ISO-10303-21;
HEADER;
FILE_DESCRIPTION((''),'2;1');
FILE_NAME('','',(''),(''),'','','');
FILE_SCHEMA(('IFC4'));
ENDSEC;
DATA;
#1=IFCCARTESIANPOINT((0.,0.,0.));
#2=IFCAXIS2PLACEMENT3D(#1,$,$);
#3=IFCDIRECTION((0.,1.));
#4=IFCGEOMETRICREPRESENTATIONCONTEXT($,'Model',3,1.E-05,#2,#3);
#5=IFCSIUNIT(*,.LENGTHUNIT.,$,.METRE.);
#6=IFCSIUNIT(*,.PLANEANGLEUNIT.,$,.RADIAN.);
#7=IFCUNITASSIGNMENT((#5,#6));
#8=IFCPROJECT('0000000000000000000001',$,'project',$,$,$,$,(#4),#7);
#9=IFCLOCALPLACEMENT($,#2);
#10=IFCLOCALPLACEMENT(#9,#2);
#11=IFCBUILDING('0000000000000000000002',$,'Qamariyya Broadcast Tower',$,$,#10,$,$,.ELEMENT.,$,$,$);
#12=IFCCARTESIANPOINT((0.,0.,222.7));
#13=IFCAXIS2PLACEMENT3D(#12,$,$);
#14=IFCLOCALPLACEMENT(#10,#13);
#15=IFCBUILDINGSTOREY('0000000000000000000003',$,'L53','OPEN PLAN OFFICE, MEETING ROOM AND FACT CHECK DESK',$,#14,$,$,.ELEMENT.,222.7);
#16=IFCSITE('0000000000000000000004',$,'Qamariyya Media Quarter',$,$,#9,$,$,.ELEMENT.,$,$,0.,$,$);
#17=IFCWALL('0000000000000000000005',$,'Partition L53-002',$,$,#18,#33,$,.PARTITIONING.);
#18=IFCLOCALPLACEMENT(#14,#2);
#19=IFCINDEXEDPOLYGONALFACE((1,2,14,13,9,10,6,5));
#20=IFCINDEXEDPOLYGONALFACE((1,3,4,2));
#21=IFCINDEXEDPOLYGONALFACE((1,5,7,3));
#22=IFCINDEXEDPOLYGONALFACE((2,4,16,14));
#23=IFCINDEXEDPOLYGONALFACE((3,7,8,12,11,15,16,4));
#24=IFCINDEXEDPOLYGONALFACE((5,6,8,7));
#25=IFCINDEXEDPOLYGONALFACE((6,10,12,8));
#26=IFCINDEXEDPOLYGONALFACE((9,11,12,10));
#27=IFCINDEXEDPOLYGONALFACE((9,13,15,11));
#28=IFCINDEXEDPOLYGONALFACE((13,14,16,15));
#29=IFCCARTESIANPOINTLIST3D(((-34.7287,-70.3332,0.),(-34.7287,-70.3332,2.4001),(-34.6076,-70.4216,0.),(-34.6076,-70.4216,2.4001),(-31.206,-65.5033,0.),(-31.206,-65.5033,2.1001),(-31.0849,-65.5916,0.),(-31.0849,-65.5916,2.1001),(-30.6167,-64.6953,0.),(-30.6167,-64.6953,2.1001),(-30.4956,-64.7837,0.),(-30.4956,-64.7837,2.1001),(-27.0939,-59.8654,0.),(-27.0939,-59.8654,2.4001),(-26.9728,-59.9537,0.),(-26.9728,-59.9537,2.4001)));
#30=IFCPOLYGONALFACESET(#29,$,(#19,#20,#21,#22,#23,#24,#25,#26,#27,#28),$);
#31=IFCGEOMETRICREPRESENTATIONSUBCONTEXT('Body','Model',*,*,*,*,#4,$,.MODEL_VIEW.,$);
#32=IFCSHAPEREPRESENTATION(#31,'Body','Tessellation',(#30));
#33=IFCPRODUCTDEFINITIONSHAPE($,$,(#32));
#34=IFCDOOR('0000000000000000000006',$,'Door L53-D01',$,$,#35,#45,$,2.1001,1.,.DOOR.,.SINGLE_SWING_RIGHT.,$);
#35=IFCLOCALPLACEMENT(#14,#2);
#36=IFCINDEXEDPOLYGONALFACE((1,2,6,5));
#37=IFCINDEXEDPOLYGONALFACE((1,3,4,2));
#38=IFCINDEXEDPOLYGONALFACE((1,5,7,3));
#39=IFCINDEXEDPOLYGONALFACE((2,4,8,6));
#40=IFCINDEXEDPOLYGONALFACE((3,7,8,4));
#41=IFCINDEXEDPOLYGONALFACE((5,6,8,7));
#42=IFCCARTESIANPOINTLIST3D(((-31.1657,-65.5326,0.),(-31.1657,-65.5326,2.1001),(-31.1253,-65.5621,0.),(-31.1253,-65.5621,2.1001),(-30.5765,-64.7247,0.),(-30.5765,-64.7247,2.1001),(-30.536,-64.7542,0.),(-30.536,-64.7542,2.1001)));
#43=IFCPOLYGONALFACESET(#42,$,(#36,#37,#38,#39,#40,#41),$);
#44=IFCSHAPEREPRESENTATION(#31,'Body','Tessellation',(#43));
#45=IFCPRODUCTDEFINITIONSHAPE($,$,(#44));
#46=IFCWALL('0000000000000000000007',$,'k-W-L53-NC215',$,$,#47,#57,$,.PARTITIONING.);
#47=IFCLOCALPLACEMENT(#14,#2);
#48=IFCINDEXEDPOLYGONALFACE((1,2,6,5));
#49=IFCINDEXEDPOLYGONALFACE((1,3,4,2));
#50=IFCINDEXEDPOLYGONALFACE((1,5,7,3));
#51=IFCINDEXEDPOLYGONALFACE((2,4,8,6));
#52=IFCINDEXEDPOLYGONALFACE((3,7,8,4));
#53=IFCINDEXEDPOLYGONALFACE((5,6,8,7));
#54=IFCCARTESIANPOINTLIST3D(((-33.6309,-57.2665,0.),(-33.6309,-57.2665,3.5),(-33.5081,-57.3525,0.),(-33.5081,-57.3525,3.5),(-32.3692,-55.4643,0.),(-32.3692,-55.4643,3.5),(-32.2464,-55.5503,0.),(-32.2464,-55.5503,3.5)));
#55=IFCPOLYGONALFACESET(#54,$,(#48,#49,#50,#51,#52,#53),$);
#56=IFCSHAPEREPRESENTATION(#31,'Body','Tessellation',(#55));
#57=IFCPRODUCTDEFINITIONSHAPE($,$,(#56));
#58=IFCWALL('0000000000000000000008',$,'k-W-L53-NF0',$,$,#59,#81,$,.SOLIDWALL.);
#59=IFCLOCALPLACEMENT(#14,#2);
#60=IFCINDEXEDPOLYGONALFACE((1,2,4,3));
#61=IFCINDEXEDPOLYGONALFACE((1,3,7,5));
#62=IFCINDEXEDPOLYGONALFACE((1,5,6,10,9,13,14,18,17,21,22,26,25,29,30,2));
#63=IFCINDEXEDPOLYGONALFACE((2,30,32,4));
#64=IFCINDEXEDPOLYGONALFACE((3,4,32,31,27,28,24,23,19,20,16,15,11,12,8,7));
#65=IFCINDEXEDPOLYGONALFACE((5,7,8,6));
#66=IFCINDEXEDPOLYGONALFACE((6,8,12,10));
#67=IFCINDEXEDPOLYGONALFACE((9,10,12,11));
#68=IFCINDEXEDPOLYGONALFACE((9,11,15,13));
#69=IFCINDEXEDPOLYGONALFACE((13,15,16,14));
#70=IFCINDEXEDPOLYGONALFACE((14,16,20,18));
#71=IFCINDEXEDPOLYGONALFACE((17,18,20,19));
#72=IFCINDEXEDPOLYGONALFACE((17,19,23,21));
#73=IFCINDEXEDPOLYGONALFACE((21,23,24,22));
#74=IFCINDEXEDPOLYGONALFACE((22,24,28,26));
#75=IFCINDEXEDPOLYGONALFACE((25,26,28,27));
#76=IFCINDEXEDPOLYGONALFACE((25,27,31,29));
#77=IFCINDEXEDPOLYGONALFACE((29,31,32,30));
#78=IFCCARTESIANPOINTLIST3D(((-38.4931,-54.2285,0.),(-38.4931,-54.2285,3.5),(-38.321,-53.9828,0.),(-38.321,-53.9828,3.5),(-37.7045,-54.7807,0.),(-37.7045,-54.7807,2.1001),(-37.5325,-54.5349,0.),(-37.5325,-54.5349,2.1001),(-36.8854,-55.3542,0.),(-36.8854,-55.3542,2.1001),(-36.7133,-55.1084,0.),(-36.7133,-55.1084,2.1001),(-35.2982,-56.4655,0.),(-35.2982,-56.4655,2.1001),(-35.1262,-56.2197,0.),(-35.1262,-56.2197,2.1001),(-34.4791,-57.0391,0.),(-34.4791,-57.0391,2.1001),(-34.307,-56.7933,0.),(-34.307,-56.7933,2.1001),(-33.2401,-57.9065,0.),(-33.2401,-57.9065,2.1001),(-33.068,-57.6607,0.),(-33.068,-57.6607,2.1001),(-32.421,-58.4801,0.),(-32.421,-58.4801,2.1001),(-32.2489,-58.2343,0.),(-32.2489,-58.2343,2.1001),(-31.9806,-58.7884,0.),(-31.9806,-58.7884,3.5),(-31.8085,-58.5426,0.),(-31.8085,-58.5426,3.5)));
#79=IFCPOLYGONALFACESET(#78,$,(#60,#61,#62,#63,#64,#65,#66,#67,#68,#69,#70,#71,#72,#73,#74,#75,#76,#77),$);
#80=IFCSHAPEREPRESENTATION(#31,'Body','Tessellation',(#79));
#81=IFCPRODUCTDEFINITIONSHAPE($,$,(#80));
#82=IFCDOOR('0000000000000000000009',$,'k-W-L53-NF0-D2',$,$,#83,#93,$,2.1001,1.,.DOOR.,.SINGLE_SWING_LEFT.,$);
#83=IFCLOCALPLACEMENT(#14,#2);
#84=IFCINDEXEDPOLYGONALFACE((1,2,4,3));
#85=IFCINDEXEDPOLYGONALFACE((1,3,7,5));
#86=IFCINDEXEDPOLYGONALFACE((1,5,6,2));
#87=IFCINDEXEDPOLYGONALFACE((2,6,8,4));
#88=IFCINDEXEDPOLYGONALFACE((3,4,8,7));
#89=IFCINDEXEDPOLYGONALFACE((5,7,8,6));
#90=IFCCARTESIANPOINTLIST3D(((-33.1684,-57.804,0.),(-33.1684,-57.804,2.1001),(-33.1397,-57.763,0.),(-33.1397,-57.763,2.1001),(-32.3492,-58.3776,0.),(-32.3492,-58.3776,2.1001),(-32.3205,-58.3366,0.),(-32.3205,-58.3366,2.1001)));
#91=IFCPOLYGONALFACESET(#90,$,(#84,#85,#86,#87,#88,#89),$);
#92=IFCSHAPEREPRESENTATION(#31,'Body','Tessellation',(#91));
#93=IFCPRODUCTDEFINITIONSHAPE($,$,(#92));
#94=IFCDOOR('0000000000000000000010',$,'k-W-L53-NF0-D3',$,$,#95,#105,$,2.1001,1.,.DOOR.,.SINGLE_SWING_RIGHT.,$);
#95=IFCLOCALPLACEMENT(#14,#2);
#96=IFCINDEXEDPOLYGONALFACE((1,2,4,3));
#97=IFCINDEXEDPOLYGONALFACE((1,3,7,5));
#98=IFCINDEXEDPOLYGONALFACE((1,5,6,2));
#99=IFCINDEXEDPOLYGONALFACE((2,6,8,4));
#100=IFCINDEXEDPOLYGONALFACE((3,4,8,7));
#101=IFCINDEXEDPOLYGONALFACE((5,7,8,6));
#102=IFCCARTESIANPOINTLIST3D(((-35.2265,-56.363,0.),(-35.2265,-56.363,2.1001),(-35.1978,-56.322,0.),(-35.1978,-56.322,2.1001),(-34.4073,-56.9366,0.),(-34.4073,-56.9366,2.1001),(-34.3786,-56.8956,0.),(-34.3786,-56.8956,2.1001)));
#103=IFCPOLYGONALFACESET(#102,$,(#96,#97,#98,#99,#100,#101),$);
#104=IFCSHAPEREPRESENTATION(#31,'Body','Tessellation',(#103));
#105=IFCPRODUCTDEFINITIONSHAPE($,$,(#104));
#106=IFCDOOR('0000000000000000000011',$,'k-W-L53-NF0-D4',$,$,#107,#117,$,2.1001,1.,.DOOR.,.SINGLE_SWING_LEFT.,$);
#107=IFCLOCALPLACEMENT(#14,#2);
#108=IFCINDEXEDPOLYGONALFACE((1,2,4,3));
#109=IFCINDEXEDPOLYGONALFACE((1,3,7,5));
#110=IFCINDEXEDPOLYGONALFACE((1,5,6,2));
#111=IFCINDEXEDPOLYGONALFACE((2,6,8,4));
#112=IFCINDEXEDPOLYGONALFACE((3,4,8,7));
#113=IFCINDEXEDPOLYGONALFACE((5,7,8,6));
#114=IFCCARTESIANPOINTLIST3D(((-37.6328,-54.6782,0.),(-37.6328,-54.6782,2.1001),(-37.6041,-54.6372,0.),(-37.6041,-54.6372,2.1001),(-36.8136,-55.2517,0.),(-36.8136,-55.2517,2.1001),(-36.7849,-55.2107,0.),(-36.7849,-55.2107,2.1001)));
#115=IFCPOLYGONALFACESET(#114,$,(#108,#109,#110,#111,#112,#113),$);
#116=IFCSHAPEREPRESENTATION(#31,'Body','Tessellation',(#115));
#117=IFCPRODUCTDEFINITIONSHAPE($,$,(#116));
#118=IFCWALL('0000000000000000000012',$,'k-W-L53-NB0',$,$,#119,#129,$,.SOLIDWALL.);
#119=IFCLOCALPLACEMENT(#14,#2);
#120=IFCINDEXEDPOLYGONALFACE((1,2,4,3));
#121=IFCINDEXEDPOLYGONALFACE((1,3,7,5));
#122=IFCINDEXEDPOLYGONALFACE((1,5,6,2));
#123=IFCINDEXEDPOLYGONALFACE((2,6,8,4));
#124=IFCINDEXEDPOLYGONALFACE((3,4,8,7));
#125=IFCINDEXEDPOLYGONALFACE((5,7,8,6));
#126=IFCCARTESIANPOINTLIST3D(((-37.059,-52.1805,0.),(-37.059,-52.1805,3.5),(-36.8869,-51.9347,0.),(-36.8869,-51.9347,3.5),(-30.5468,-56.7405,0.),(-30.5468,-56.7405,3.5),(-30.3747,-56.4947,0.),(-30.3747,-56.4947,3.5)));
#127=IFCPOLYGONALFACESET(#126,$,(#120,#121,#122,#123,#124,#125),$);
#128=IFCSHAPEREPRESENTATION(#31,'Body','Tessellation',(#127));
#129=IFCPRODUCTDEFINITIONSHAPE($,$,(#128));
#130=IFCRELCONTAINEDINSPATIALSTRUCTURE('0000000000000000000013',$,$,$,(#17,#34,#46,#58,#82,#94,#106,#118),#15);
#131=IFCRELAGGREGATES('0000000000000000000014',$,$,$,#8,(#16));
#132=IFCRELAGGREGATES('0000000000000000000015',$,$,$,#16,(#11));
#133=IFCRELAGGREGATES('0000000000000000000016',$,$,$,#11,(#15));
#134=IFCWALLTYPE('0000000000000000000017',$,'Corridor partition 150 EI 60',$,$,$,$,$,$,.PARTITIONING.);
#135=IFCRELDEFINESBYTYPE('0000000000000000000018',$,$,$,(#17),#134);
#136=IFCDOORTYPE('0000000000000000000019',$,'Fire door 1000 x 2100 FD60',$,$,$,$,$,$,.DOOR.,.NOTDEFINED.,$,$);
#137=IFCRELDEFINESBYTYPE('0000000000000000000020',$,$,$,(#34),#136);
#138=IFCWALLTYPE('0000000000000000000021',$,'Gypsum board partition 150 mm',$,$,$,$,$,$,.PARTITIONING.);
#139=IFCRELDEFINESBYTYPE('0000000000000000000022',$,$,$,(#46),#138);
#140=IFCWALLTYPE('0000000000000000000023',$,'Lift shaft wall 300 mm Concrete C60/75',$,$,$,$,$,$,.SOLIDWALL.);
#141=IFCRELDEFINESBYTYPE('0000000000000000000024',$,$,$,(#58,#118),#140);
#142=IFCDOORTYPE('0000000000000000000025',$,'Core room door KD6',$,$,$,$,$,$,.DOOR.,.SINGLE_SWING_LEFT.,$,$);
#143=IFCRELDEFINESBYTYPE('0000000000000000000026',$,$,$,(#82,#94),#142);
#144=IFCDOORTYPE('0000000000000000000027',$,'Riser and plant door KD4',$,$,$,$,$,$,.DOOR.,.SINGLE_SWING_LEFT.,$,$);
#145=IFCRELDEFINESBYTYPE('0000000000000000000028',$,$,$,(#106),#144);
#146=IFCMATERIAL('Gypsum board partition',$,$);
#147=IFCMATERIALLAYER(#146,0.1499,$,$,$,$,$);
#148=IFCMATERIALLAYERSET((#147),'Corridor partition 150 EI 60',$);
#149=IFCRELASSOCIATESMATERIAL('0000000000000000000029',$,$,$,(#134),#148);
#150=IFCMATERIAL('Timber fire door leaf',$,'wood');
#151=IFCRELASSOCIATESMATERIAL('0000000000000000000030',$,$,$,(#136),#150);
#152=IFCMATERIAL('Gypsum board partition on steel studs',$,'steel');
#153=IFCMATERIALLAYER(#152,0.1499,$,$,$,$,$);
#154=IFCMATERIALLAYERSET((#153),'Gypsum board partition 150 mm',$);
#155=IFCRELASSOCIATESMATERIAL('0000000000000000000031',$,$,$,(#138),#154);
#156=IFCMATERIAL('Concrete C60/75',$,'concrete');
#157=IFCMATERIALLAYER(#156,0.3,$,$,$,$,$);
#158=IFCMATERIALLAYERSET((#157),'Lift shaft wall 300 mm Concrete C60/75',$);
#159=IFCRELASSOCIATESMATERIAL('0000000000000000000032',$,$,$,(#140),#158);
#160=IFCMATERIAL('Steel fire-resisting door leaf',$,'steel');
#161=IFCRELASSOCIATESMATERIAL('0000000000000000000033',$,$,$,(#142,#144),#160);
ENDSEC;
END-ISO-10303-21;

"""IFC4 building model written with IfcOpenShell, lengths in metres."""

from ifc_helpers import new_model, si_unit, direction, frame, frame_2d, origin, place, context, subcontext, project, spatial, rectangle, extrude, material, layer, layer_set, type_object, element, fill, save


model = new_model("IFC4")

# Units and contexts
model_context = context("Model", 3, precision=1e-05, world=origin(), true_north=direction((0.0, 1.0)))
body_context = subcontext(model_context, "Body", "Model", "MODEL_VIEW")
ifc_project = project(units=[si_unit("LENGTHUNIT", "METRE"), si_unit("PLANEANGLEUNIT", "RADIAN")], contexts=[model_context])

# Site, building, storey
site_placement = place(None, origin())
site = spatial("IfcSite", under=ifc_project, at=site_placement, Name="Qamariyya Media Quarter", CompositionType="ELEMENT", RefElevation=0.0)
building_placement = place(site_placement, origin())
building = spatial("IfcBuilding", under=site, at=building_placement, Name="Qamariyya Broadcast Tower", CompositionType="ELEMENT")
storey_placement = place(building_placement, frame((0.0, 0.0, 222.7)))
storey = spatial("IfcBuildingStorey", under=building, at=storey_placement, Name="L53", Description="OPEN PLAN OFFICE, MEETING ROOM AND FACT CHECK DESK", CompositionType="ELEMENT", Elevation=222.7)

# Wall, opening, door
ifc_material_1 = material(Name="Gypsum board partition")
ifc_layer_1 = layer(ifc_material_1, 0.1499)
ifc_layer_set_1 = layer_set([ifc_layer_1], Name="Corridor partition 150 EI 60")
wall_type_1 = type_object("IfcWallType", Name="Corridor partition 150 EI 60", PredefinedType="PARTITIONING", material=ifc_layer_set_1)
wall_1_placement = place(storey_placement, frame((-27.0334, -59.9097, 0.0), z_axis=(0.0, 0.0, 1.0), x_axis=(-0.589274, -0.807934, 0.0)))
wall_1 = element("IfcWall", 1, at=wall_1_placement, inside=storey, type_object=wall_type_1, Name="Partition L53-002", PredefinedType="PARTITIONING", context=body_context, shape_type="SweptSolid", body=[
    extrude(rectangle(XDim=12.9563, YDim=0.1499, at=frame_2d((6.478, 0.0))), origin(), (0.0, 0.0, 1.0), 2.4001),
])
opening_1_placement = place(wall_1_placement, frame((5.978, 0.0, 0.0)))
opening_1 = element("IfcOpeningElement", 2, at=opening_1_placement, cuts=wall_1, PredefinedType="OPENING", context=body_context, shape_type="SweptSolid", body=[
    extrude(rectangle(XDim=1.0, YDim=2.1001, at=frame_2d((0.5, 1.05))), frame((0.0, 0.085, 0.0), z_axis=(0.0, -1.0, 0.0), x_axis=(1.0, 0.0, 0.0)), (0.0, 0.0, 1.0), 0.1699),
])
ifc_material_2 = material(Name="Timber fire door leaf", Category="wood")
door_type_1 = type_object("IfcDoorType", Name="Fire door 1000 x 2100 FD60", OperationType="NOTDEFINED", PredefinedType="DOOR", material=ifc_material_2)
door_1_placement = place(opening_1_placement, origin())
door_1 = element("IfcDoor", 3, at=door_1_placement, inside=storey, type_object=door_type_1, Name="Door L53-D01", OperationType="SINGLE_SWING_RIGHT", OverallHeight=2.1001, OverallWidth=1.0, PredefinedType="DOOR", context=body_context, shape_type="SweptSolid", body=[
    extrude(rectangle(XDim=1.0, YDim=2.1001, at=frame_2d((0.5, 1.05))), frame((0.0, 0.0249, 0.0), z_axis=(0.0, -1.0, 0.0), x_axis=(1.0, 0.0, 0.0)), (0.0, 0.0, 1.0), 0.05),
])
fill(opening_1, door_1)

# Wall
ifc_material_3 = material(Name="Gypsum board partition on steel studs", Category="steel")
ifc_layer_2 = layer(ifc_material_3, 0.1499)
ifc_layer_set_2 = layer_set([ifc_layer_2], Name="Gypsum board partition 150 mm")
wall_type_2 = type_object("IfcWallType", Name="Gypsum board partition 150 mm", PredefinedType="PARTITIONING", material=ifc_layer_set_2)
wall_2_placement = place(storey_placement, frame((-33.5696, -57.3096, 0.0), z_axis=(0.0, 0.0, 1.0), x_axis=(0.573507, 0.819201, 0.0)))
element("IfcWall", 4, at=wall_2_placement, inside=storey, type_object=wall_type_2, Name="k-W-L53-NC215", PredefinedType="PARTITIONING", context=body_context, shape_type="SweptSolid", body=[
    extrude(rectangle(XDim=2.2, YDim=0.1499, at=frame_2d((1.1001, 0.0))), origin(), (0.0, 0.0, 1.0), 3.5),
])

# Wall, openings, doors
ifc_material_4 = material(Name="Concrete C60/75", Category="concrete")
ifc_layer_3 = layer(ifc_material_4, 0.3)
ifc_layer_set_3 = layer_set([ifc_layer_3], Name="Lift shaft wall 300 mm Concrete C60/75")
wall_type_3 = type_object("IfcWallType", Name="Lift shaft wall 300 mm Concrete C60/75", PredefinedType="SOLIDWALL", material=ifc_layer_set_3)
wall_3_placement = place(storey_placement, frame((-31.8945, -58.6655, 0.0), z_axis=(0.0, 0.0, 1.0), x_axis=(-0.819167, 0.573555, 0.0)))
wall_3 = element("IfcWall", 5, at=wall_3_placement, inside=storey, type_object=wall_type_3, Name="k-W-L53-NF0", PredefinedType="SOLIDWALL", context=body_context, shape_type="SweptSolid", body=[
    extrude(rectangle(XDim=7.9502, YDim=0.3, at=frame_2d((3.9751, 0.0))), origin(), (0.0, 0.0, 1.0), 3.5),
])
opening_2_placement = place(wall_3_placement, frame((0.5376, 0.0, 0.0)))
opening_2 = element("IfcOpeningElement", 6, at=opening_2_placement, cuts=wall_3, PredefinedType="OPENING", context=body_context, shape_type="SweptSolid", body=[
    extrude(rectangle(XDim=1.0, YDim=2.1001, at=frame_2d((0.5, 1.05))), frame((0.0, 0.1599, 0.0), z_axis=(0.0, -1.0, 0.0), x_axis=(1.0, 0.0, 0.0)), (0.0, 0.0, 1.0), 0.3201),
])
opening_3_placement = place(wall_3_placement, frame((3.05, 0.0, 0.0)))
opening_3 = element("IfcOpeningElement", 7, at=opening_3_placement, cuts=wall_3, PredefinedType="OPENING", context=body_context, shape_type="SweptSolid", body=[
    extrude(rectangle(XDim=1.0, YDim=2.1001, at=frame_2d((0.5, 1.05))), frame((0.0, 0.1599, 0.0), z_axis=(0.0, -1.0, 0.0), x_axis=(1.0, 0.0, 0.0)), (0.0, 0.0, 1.0), 0.3201),
])
opening_4_placement = place(wall_3_placement, frame((5.9875, 0.0, 0.0)))
opening_4 = element("IfcOpeningElement", 8, at=opening_4_placement, cuts=wall_3, PredefinedType="OPENING", context=body_context, shape_type="SweptSolid", body=[
    extrude(rectangle(XDim=1.0, YDim=2.1001, at=frame_2d((0.5, 1.05))), frame((0.0, 0.1599, 0.0), z_axis=(0.0, -1.0, 0.0), x_axis=(1.0, 0.0, 0.0)), (0.0, 0.0, 1.0), 0.3201),
])
ifc_material_5 = material(Name="Steel fire-resisting door leaf", Category="steel")
door_type_2 = type_object("IfcDoorType", Name="Core room door KD6", OperationType="SINGLE_SWING_LEFT", PredefinedType="DOOR", material=ifc_material_5)
door_2_placement = place(opening_2_placement, origin())
door_2 = element("IfcDoor", 9, at=door_2_placement, inside=storey, type_object=door_type_2, Name="k-W-L53-NF0-D2", OperationType="SINGLE_SWING_LEFT", OverallHeight=2.1001, OverallWidth=1.0, PredefinedType="DOOR", context=body_context, shape_type="SweptSolid", body=[
    extrude(rectangle(XDim=1.0, YDim=2.1001, at=frame_2d((0.5, 1.05))), frame((0.0, 0.0249, 0.0), z_axis=(0.0, -1.0, 0.0), x_axis=(1.0, 0.0, 0.0)), (0.0, 0.0, 1.0), 0.05),
])
fill(opening_2, door_2)
door_3_placement = place(opening_3_placement, origin())
door_3 = element("IfcDoor", 10, at=door_3_placement, inside=storey, type_object=door_type_2, Name="k-W-L53-NF0-D3", OperationType="SINGLE_SWING_RIGHT", OverallHeight=2.1001, OverallWidth=1.0, PredefinedType="DOOR", context=body_context, shape_type="SweptSolid", body=[
    extrude(rectangle(XDim=1.0, YDim=2.1001, at=frame_2d((0.5, 1.05))), frame((0.0, 0.0249, 0.0), z_axis=(0.0, -1.0, 0.0), x_axis=(1.0, 0.0, 0.0)), (0.0, 0.0, 1.0), 0.05),
])
fill(opening_3, door_3)
door_type_3 = type_object("IfcDoorType", Name="Riser and plant door KD4", OperationType="SINGLE_SWING_LEFT", PredefinedType="DOOR", material=ifc_material_5)
door_4_placement = place(opening_4_placement, origin())
door_4 = element("IfcDoor", 11, at=door_4_placement, inside=storey, type_object=door_type_3, Name="k-W-L53-NF0-D4", OperationType="SINGLE_SWING_LEFT", OverallHeight=2.1001, OverallWidth=1.0, PredefinedType="DOOR", context=body_context, shape_type="SweptSolid", body=[
    extrude(rectangle(XDim=1.0, YDim=2.1001, at=frame_2d((0.5, 1.05))), frame((0.0, 0.0249, 0.0), z_axis=(0.0, -1.0, 0.0), x_axis=(1.0, 0.0, 0.0)), (0.0, 0.0, 1.0), 0.05),
])
fill(opening_4, door_4)

# Wall
wall_4_placement = place(storey_placement, frame((-30.4607, -56.6177, 0.0), z_axis=(0.0, 0.0, 1.0), x_axis=(-0.819142, 0.57359, 0.0)))
element("IfcWall", 12, at=wall_4_placement, inside=storey, type_object=wall_type_3, Name="k-W-L53-NB0", PredefinedType="SOLIDWALL", context=body_context, shape_type="SweptSolid", body=[
    extrude(rectangle(XDim=7.95, YDim=0.3, at=frame_2d((3.9751, 0.0))), origin(), (0.0, 0.0, 1.0), 3.5),
])

save(model, "model.ifc")
